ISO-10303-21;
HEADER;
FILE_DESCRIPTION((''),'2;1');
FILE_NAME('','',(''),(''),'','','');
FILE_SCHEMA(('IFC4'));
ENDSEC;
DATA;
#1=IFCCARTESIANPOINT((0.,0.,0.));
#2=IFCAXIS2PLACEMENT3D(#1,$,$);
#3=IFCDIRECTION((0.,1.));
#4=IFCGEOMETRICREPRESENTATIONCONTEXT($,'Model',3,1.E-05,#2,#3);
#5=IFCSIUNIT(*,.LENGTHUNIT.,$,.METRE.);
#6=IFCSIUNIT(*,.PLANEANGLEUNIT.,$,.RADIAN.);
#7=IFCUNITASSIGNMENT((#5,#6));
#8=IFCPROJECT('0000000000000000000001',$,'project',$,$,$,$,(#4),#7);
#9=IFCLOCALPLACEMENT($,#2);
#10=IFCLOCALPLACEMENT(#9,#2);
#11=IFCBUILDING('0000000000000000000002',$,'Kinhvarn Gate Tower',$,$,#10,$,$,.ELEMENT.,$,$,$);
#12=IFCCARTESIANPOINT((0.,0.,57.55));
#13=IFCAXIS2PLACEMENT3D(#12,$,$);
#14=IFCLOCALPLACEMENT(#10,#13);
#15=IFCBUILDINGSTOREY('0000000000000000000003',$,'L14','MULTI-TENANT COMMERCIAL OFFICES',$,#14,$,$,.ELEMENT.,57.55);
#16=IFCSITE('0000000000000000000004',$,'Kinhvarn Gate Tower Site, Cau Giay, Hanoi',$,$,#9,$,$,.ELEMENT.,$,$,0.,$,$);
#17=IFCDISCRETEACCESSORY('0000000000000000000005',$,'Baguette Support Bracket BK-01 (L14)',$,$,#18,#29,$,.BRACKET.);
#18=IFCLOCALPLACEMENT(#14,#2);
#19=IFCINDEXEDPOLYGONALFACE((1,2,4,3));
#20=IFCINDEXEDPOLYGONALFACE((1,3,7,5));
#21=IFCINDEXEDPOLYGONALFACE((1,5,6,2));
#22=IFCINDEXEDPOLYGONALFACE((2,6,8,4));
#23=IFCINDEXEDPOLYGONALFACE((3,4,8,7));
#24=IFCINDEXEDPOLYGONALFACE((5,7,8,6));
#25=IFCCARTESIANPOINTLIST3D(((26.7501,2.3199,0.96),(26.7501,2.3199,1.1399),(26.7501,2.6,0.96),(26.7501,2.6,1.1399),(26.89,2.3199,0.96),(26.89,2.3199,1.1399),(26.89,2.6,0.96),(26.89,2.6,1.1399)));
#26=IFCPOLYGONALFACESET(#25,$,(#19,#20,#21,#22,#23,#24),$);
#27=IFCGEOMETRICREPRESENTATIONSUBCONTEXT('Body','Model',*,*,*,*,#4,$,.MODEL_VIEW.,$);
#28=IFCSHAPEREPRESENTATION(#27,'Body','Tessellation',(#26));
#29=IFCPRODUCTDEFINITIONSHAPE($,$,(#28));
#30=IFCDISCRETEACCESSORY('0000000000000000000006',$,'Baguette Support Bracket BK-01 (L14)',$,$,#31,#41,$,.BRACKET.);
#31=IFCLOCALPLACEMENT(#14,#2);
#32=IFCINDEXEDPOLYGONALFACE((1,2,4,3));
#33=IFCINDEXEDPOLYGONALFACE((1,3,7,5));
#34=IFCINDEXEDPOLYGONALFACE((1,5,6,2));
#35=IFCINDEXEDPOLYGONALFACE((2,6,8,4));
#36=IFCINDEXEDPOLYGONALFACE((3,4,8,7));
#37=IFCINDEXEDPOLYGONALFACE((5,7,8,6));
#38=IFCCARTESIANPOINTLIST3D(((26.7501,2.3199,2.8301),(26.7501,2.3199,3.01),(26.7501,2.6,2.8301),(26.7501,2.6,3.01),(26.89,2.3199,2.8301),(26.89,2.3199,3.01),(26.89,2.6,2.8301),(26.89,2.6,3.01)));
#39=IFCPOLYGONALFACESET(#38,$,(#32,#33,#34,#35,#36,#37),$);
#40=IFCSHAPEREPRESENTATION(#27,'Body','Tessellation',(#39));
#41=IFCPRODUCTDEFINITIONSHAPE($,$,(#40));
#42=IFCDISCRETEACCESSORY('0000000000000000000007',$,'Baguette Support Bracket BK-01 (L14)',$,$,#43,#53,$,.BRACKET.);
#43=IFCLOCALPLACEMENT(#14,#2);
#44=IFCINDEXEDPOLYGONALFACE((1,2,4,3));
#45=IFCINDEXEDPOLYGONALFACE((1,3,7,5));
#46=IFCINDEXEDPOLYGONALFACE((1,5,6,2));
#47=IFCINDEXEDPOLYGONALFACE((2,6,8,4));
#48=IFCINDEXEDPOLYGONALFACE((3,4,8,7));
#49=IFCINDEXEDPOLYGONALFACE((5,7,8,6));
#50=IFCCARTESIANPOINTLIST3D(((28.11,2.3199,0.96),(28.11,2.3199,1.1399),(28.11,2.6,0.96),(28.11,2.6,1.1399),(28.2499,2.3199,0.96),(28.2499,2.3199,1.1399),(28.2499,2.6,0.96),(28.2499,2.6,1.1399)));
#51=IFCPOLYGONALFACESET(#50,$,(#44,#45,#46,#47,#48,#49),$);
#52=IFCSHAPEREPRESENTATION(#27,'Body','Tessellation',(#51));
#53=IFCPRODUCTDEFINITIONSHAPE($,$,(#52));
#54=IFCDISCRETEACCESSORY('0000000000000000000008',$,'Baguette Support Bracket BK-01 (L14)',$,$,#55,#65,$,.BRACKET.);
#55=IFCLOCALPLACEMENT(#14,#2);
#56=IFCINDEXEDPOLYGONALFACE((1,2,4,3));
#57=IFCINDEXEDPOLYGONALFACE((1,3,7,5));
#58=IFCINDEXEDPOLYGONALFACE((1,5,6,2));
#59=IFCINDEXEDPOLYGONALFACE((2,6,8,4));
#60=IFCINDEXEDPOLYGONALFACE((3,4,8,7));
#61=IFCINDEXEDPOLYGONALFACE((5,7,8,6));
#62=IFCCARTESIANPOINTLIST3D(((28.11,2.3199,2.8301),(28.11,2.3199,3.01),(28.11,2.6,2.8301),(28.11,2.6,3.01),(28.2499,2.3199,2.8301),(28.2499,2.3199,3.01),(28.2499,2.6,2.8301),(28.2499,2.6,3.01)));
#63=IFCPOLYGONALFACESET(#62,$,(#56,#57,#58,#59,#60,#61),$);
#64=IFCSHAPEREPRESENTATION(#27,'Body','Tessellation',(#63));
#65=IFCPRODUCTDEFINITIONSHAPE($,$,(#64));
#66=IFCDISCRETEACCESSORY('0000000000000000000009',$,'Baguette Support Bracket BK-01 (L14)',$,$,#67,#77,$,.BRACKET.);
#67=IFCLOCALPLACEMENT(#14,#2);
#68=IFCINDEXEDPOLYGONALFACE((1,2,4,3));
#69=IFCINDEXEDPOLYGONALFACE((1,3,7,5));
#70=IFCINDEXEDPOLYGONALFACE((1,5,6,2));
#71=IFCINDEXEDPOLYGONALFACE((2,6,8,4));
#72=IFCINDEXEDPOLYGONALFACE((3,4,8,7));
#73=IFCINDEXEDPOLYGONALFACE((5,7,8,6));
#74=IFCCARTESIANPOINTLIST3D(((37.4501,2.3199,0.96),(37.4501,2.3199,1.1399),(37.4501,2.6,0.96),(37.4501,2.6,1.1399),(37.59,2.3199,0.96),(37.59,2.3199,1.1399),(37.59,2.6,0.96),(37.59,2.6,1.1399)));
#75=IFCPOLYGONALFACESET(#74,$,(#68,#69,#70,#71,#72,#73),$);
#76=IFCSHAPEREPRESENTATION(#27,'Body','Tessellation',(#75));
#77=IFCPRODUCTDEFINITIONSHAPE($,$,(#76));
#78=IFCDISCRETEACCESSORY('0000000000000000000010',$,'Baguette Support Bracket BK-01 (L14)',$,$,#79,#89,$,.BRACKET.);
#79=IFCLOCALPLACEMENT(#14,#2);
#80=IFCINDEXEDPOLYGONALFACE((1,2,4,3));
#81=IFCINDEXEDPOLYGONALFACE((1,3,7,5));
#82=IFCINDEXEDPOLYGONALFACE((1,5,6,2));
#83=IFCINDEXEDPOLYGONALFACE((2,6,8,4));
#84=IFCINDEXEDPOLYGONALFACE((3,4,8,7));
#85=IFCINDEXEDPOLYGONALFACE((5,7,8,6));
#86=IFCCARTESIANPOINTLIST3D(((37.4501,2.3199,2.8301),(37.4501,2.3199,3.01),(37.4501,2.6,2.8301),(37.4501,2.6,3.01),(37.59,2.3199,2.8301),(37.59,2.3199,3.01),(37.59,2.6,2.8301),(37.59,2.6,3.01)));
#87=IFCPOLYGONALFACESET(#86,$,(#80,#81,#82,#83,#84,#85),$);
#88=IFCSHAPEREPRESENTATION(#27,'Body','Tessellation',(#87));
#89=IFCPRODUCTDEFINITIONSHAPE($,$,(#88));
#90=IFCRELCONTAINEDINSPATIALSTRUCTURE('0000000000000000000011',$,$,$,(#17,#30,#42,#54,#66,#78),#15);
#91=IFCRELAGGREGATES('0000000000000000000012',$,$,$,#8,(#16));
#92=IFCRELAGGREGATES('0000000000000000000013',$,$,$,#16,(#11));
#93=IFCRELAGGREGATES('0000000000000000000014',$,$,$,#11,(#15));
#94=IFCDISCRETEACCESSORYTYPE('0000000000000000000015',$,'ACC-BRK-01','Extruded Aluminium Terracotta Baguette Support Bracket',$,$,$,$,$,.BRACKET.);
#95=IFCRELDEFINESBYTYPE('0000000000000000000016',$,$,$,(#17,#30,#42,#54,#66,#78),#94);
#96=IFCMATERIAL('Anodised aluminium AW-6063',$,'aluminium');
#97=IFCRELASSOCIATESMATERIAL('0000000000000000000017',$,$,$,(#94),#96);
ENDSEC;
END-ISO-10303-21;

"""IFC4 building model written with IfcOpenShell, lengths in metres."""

from ifc_helpers import new_model, si_unit, direction, frame, origin, origin_2d, place, context, subcontext, project, spatial, rectangle, extrude, material, type_object, element, save


model = new_model("IFC4")

# Units and contexts
model_context = context("Model", 3, precision=1e-05, world=origin(), true_north=direction((0.0, 1.0)))
body_context = subcontext(model_context, "Body", "Model", "MODEL_VIEW")
ifc_project = project(units=[si_unit("LENGTHUNIT", "METRE"), si_unit("PLANEANGLEUNIT", "RADIAN")], contexts=[model_context])

# Site, building, storey
site_placement = place(None, origin())
site = spatial("IfcSite", under=ifc_project, at=site_placement, Name="Kinhvarn Gate Tower Site, Cau Giay, Hanoi", CompositionType="ELEMENT", RefElevation=0.0)
building_placement = place(site_placement, origin())
building = spatial("IfcBuilding", under=site, at=building_placement, Name="Kinhvarn Gate Tower", CompositionType="ELEMENT")
storey_placement = place(building_placement, frame((0.0, 0.0, 57.55)))
storey = spatial("IfcBuildingStorey", under=building, at=storey_placement, Name="L14", Description="MULTI-TENANT COMMERCIAL OFFICES", CompositionType="ELEMENT", Elevation=57.55)

# Shared definitions
ifc_material_1 = material(Name="Anodised aluminium AW-6063", Category="aluminium")

# Discrete accessories
discrete_accessory_type = type_object("IfcDiscreteAccessoryType", Name="ACC-BRK-01", Description="Extruded Aluminium Terracotta Baguette Support Bracket", PredefinedType="BRACKET", material=ifc_material_1)
for number, where, z_axis, x_axis, name in (
    (1, (26.8201, 2.46, 0.96), (0.0, 0.0, 1.0), (1.0, 0.0, 0.0), "Baguette Support Bracket BK-01 (L14)"),
    (2, (26.8201, 2.46, 2.8301), (0.0, 0.0, 1.0), (1.0, 0.0, 0.0), "Baguette Support Bracket BK-01 (L14)"),
    (3, (28.1799, 2.46, 0.96), (0.0, 0.0, 1.0), (1.0, 0.0, 0.0), "Baguette Support Bracket BK-01 (L14)"),
    (4, (28.1799, 2.46, 2.8301), (0.0, 0.0, 1.0), (1.0, 0.0, 0.0), "Baguette Support Bracket BK-01 (L14)"),
    (5, (37.52, 2.46, 0.96), (0.0, 0.0, 1.0), (1.0, 0.0, 0.0), "Baguette Support Bracket BK-01 (L14)"),
    (6, (37.52, 2.46, 2.8301), (0.0, 0.0, 1.0), (1.0, 0.0, 0.0), "Baguette Support Bracket BK-01 (L14)"),
):
    element("IfcDiscreteAccessory", number, at=place(storey_placement, frame(where, z_axis=z_axis, x_axis=x_axis)), inside=storey, type_object=discrete_accessory_type, Name=name, PredefinedType="BRACKET", context=body_context, shape_type="SweptSolid", body=[
        extrude(rectangle(XDim=0.1399, YDim=0.28, at=origin_2d()), origin(), (0.0, 0.0, 1.0), 0.1799),
    ])

save(model, "model.ifc")
